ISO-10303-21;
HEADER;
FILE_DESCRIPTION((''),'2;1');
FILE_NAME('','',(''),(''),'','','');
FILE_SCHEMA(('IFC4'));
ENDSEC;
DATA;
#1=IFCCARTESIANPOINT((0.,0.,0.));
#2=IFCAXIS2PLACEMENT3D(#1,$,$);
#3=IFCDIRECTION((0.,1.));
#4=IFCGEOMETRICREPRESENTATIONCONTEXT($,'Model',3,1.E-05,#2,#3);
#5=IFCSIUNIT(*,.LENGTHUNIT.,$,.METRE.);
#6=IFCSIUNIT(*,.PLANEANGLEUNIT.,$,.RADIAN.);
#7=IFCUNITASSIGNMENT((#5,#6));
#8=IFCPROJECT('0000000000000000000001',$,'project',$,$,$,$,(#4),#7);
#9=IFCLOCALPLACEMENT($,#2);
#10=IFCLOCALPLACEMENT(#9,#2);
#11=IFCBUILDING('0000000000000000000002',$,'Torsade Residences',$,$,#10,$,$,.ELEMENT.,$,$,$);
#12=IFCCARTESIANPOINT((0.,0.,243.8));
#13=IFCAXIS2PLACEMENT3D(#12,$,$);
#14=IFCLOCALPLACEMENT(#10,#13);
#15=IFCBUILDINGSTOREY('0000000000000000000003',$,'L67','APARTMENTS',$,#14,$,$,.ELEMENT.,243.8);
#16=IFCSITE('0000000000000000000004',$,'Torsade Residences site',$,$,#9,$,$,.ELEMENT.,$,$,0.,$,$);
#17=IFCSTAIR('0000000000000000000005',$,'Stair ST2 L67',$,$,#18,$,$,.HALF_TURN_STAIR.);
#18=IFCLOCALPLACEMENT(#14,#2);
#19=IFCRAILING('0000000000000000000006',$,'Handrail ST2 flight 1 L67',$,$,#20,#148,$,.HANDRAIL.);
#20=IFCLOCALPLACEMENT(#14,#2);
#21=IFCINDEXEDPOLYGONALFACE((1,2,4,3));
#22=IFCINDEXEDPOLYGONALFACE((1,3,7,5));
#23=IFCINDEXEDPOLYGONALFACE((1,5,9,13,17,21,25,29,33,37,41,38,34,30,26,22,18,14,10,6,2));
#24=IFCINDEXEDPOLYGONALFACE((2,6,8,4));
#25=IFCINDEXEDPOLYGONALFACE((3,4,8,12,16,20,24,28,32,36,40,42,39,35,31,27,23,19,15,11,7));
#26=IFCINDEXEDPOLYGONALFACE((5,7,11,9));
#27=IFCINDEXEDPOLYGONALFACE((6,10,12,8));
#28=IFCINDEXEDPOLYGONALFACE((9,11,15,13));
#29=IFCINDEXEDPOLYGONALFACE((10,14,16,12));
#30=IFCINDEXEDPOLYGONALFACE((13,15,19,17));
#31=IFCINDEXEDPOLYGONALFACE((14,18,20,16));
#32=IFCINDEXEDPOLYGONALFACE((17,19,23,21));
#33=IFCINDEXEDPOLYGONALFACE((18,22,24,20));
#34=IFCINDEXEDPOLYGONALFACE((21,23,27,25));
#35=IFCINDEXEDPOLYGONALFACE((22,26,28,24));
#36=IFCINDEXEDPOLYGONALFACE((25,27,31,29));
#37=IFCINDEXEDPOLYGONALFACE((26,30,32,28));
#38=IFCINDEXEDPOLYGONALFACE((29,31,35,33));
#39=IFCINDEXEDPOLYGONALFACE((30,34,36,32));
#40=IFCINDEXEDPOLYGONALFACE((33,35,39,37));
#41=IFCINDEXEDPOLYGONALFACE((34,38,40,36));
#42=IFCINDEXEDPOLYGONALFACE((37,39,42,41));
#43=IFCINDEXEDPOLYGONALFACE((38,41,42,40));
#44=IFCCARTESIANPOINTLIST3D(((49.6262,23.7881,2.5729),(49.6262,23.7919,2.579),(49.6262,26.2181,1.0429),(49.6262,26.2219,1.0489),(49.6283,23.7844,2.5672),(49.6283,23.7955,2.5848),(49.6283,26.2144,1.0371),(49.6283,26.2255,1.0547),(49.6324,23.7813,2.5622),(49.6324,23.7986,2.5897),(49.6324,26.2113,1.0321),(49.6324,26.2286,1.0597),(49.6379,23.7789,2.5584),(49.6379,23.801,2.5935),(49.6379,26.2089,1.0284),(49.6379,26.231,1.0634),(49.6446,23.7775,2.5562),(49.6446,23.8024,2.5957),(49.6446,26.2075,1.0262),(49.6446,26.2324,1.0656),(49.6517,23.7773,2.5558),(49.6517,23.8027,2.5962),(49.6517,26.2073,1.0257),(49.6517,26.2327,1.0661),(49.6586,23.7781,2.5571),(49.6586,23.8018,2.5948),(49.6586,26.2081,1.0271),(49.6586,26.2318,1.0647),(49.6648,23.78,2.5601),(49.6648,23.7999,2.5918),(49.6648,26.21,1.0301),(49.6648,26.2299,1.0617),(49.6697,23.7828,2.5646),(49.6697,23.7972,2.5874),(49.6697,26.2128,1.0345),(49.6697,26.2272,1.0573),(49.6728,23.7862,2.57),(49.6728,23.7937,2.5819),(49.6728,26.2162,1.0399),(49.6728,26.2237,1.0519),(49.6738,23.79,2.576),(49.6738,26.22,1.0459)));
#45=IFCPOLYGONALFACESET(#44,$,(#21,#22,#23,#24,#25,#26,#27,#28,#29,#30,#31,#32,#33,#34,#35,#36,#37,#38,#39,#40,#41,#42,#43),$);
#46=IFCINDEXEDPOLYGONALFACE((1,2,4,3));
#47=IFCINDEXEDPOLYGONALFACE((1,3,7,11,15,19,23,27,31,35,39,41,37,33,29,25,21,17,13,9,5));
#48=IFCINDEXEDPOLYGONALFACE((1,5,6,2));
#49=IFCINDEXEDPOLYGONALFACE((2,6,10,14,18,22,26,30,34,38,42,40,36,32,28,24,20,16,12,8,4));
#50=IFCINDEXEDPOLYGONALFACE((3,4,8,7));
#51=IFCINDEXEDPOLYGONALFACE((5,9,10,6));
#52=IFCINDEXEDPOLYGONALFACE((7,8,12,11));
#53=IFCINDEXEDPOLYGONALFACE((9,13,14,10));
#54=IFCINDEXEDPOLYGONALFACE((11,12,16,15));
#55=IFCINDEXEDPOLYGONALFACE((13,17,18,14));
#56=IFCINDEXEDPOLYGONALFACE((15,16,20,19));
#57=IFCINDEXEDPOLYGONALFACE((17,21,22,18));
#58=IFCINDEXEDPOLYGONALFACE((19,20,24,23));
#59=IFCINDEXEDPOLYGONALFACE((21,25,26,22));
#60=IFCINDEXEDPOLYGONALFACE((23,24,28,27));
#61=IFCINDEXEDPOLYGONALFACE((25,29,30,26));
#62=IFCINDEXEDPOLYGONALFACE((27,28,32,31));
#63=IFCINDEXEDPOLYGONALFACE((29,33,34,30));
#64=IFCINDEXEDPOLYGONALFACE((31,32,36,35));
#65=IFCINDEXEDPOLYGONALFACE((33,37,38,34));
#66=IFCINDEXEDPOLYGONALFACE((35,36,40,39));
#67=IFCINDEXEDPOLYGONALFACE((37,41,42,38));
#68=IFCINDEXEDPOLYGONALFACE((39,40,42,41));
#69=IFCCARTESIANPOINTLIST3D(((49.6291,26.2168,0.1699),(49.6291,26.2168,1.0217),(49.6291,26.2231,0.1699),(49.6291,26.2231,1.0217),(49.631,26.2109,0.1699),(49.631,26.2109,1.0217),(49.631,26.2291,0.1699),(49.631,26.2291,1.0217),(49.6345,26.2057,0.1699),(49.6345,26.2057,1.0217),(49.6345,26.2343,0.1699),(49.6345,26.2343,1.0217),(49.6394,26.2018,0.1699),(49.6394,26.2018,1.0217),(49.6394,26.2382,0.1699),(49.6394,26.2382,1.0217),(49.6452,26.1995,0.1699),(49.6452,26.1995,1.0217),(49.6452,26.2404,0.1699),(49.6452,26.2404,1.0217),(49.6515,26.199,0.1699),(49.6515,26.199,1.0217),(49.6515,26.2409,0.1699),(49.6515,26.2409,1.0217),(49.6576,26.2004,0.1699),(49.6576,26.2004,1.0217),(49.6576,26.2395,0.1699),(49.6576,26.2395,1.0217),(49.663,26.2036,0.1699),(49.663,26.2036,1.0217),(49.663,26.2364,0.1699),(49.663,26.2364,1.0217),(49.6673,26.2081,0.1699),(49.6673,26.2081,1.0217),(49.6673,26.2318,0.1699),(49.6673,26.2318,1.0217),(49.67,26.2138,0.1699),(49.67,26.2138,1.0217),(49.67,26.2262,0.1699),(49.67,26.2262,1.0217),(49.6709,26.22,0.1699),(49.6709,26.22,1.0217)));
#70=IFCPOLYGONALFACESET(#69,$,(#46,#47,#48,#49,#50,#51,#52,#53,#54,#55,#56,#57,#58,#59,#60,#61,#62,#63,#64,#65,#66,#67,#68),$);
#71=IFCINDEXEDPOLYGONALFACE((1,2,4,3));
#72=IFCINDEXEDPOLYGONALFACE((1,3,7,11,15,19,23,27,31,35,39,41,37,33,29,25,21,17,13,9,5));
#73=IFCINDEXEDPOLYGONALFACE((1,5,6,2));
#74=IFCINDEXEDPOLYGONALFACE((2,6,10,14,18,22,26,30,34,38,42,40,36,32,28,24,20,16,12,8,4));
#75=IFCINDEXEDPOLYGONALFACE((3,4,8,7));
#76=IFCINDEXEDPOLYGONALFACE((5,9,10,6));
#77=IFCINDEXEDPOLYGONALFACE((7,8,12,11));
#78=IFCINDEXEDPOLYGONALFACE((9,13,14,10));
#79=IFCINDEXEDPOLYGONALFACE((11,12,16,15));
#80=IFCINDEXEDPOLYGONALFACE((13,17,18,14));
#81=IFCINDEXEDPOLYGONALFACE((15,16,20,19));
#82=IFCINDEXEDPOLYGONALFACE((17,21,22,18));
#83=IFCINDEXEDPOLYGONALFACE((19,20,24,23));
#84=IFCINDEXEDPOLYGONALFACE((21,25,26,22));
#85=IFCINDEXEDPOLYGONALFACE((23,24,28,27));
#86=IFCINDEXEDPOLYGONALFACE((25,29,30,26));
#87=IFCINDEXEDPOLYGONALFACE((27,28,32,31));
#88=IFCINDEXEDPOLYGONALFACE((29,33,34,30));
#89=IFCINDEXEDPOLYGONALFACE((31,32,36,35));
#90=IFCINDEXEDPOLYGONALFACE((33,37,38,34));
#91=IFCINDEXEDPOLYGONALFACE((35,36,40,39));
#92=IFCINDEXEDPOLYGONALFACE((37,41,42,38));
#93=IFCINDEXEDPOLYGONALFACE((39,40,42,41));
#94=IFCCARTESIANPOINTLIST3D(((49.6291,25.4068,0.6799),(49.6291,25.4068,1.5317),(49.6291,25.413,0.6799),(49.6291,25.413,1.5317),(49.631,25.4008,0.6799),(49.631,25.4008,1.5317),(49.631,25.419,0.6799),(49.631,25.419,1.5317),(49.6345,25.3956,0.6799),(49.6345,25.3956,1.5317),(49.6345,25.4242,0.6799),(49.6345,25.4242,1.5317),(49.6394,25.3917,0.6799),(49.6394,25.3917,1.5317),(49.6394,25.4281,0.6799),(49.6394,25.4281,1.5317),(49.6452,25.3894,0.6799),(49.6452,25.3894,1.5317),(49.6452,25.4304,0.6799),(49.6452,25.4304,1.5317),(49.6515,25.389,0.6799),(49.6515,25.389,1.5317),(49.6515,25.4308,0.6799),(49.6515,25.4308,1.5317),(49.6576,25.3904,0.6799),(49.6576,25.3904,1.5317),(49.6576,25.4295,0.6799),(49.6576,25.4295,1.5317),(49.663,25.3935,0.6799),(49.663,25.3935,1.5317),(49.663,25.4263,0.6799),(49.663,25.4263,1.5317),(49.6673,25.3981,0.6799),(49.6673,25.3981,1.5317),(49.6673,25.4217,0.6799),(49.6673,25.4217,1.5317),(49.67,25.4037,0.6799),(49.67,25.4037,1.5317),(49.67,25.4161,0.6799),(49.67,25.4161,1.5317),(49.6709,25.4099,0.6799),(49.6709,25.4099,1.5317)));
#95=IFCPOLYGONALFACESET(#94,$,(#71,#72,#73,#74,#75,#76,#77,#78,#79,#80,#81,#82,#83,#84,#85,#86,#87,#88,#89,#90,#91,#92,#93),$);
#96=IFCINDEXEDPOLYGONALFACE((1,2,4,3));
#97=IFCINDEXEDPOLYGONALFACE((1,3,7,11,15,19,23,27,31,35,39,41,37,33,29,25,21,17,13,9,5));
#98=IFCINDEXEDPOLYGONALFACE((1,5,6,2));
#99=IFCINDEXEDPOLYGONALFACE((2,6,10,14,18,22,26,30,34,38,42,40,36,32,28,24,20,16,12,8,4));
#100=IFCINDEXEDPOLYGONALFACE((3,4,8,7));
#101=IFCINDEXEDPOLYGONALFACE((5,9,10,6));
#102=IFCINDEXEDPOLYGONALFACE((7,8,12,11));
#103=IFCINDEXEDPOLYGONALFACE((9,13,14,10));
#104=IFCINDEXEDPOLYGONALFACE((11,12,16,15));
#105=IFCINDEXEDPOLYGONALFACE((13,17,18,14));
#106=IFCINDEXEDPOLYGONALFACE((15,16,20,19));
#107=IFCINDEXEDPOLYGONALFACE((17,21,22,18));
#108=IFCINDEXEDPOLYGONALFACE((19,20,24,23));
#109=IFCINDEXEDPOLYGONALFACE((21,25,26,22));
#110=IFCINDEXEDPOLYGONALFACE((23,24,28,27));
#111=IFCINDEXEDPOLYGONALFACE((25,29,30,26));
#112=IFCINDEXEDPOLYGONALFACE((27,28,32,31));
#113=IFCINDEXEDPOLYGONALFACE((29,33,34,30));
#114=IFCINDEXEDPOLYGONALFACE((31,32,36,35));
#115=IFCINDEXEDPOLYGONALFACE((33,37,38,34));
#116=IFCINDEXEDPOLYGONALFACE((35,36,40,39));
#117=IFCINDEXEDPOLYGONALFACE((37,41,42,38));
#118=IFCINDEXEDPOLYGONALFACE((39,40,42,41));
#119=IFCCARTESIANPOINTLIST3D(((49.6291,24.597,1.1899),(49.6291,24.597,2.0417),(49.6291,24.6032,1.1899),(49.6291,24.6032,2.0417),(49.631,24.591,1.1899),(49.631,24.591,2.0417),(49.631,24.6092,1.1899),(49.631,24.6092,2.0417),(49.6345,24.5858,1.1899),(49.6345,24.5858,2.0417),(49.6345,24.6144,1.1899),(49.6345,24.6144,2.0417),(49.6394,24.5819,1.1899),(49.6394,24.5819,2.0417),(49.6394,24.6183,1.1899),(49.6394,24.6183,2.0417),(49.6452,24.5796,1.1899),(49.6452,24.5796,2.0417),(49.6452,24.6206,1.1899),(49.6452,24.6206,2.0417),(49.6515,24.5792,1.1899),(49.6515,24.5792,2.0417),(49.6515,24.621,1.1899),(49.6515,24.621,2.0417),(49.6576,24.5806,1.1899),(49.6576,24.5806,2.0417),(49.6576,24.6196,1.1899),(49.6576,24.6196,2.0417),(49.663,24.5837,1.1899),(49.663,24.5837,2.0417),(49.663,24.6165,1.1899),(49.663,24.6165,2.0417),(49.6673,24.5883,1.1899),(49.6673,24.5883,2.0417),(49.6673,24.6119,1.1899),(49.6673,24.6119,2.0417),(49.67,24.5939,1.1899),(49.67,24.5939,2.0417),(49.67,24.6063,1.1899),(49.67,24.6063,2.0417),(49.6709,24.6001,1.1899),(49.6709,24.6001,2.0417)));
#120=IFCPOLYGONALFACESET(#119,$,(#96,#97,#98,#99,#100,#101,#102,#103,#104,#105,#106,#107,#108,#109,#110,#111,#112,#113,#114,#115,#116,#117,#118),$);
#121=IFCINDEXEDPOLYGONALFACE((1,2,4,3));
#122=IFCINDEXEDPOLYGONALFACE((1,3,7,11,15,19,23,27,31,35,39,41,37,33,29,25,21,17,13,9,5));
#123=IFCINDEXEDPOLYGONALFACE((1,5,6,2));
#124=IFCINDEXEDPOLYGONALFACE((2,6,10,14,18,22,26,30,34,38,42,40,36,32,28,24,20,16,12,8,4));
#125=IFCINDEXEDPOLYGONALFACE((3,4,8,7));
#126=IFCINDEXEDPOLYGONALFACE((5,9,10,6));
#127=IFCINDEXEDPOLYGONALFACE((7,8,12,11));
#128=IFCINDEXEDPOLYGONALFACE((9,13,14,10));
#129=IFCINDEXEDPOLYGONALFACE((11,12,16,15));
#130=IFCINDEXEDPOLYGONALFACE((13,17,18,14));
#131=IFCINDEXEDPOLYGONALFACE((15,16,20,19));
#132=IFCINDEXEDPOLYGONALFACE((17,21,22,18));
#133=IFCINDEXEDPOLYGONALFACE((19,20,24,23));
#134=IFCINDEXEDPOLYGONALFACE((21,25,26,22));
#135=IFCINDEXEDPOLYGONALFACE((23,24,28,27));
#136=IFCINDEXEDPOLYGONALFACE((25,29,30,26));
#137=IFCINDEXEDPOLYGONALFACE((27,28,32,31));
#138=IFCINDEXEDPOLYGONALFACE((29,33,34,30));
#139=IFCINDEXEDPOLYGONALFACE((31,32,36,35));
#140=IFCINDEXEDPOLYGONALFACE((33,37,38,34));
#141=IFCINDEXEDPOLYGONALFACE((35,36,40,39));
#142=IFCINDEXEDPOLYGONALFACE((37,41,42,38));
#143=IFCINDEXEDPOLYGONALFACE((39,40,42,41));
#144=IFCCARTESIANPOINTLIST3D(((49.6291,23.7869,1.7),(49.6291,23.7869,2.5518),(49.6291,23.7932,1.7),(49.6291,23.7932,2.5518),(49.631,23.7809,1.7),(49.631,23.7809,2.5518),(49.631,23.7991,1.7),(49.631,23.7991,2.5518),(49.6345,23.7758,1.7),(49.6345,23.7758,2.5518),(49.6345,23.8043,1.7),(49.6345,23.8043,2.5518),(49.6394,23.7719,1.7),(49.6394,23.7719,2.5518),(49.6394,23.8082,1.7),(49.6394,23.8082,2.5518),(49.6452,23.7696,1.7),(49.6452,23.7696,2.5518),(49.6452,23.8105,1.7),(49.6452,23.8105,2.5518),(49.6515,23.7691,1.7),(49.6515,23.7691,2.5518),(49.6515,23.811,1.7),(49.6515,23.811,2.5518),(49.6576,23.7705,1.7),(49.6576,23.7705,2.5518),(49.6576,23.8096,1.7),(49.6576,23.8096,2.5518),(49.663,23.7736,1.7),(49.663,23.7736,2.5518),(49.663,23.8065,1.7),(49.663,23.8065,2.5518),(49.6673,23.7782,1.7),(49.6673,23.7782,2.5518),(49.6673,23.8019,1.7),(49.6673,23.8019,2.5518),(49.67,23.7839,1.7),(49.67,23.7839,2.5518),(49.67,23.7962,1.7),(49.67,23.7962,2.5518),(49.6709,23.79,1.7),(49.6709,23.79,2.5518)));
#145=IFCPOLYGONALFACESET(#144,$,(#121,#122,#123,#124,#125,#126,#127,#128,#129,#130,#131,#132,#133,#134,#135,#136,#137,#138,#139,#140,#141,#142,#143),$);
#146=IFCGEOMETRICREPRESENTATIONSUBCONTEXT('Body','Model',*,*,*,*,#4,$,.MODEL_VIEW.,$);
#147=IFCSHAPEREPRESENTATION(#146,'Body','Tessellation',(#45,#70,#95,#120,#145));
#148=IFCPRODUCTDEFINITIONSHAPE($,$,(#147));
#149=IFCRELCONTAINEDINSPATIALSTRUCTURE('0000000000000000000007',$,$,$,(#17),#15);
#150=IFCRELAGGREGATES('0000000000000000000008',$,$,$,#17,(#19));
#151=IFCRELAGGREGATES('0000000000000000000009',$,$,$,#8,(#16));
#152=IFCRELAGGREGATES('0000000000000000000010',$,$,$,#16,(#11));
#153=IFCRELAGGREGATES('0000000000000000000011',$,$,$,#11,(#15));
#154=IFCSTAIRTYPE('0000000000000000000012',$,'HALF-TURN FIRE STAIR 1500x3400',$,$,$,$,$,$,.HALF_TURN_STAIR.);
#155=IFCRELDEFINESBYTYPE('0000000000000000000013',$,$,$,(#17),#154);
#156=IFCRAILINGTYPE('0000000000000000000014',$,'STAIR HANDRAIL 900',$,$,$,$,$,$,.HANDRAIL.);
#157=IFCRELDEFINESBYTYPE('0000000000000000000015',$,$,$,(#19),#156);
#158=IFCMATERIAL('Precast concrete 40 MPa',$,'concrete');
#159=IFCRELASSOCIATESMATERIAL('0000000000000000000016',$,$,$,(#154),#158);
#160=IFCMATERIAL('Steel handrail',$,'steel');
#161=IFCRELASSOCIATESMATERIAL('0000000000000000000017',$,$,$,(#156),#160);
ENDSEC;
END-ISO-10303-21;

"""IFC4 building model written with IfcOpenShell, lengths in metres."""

from ifc_helpers import new_model, si_unit, direction, frame, origin, origin_2d, place, context, subcontext, project, spatial, circle, extrude, material, type_object, element, aggregate, save


model = new_model("IFC4")

# Units and contexts
model_context = context("Model", 3, precision=1e-05, world=origin(), true_north=direction((0.0, 1.0)))
body_context = subcontext(model_context, "Body", "Model", "MODEL_VIEW")
ifc_project = project(units=[si_unit("LENGTHUNIT", "METRE"), si_unit("PLANEANGLEUNIT", "RADIAN")], contexts=[model_context])

# Site, building, storey
site_placement = place(None, origin())
site = spatial("IfcSite", under=ifc_project, at=site_placement, Name="Torsade Residences site", CompositionType="ELEMENT", RefElevation=0.0)
building_placement = place(site_placement, origin())
building = spatial("IfcBuilding", under=site, at=building_placement, Name="Torsade Residences", CompositionType="ELEMENT")
storey_placement = place(building_placement, frame((0.0, 0.0, 243.8)))
storey = spatial("IfcBuildingStorey", under=building, at=storey_placement, Name="L67", Description="APARTMENTS", CompositionType="ELEMENT", Elevation=243.8)

# Stair, railing
ifc_material_1 = material(Name="Precast concrete 40 MPa", Category="concrete")
stair_type = type_object("IfcStairType", Name="HALF-TURN FIRE STAIR 1500x3400", PredefinedType="HALF_TURN_STAIR", material=ifc_material_1)
stair_placement = place(storey_placement, origin())
stair = element("IfcStair", 1, at=stair_placement, inside=storey, type_object=stair_type, Name="Stair ST2 L67", PredefinedType="HALF_TURN_STAIR")
ifc_material_2 = material(Name="Steel handrail", Category="steel")
railing_type = type_object("IfcRailingType", Name="STAIR HANDRAIL 900", PredefinedType="HANDRAIL", material=ifc_material_2)
railing_1_placement = place(storey_placement, frame((49.6499, 26.22, 0.1699)))
railing_1 = element("IfcRailing", 2, at=railing_1_placement, type_object=railing_type, Name="Handrail ST2 flight 1 L67", PredefinedType="HANDRAIL", context=body_context, shape_type="SweptSolid", body=[
    extrude(circle(Radius=0.0239, at=origin_2d()), frame((0.0, 0.0, 0.876), z_axis=(0.0, -0.846221, 0.532831), x_axis=(1.0, 0.0, 0.0)), (0.0, 0.0, 1.0), 2.8716),
    extrude(circle(Radius=0.021, at=origin_2d()), origin(), (0.0, 0.0, 1.0), 0.8518),
    extrude(circle(Radius=0.021, at=origin_2d()), frame((0.0, -0.8101, 0.51)), (0.0, 0.0, 1.0), 0.8518),
    extrude(circle(Radius=0.021, at=origin_2d()), frame((0.0, -1.6199, 1.02)), (0.0, 0.0, 1.0), 0.8518),
    extrude(circle(Radius=0.021, at=origin_2d()), frame((0.0, -2.4299, 1.53)), (0.0, 0.0, 1.0), 0.8518),
])
aggregate(stair, [railing_1])

save(model, "model.ifc")
